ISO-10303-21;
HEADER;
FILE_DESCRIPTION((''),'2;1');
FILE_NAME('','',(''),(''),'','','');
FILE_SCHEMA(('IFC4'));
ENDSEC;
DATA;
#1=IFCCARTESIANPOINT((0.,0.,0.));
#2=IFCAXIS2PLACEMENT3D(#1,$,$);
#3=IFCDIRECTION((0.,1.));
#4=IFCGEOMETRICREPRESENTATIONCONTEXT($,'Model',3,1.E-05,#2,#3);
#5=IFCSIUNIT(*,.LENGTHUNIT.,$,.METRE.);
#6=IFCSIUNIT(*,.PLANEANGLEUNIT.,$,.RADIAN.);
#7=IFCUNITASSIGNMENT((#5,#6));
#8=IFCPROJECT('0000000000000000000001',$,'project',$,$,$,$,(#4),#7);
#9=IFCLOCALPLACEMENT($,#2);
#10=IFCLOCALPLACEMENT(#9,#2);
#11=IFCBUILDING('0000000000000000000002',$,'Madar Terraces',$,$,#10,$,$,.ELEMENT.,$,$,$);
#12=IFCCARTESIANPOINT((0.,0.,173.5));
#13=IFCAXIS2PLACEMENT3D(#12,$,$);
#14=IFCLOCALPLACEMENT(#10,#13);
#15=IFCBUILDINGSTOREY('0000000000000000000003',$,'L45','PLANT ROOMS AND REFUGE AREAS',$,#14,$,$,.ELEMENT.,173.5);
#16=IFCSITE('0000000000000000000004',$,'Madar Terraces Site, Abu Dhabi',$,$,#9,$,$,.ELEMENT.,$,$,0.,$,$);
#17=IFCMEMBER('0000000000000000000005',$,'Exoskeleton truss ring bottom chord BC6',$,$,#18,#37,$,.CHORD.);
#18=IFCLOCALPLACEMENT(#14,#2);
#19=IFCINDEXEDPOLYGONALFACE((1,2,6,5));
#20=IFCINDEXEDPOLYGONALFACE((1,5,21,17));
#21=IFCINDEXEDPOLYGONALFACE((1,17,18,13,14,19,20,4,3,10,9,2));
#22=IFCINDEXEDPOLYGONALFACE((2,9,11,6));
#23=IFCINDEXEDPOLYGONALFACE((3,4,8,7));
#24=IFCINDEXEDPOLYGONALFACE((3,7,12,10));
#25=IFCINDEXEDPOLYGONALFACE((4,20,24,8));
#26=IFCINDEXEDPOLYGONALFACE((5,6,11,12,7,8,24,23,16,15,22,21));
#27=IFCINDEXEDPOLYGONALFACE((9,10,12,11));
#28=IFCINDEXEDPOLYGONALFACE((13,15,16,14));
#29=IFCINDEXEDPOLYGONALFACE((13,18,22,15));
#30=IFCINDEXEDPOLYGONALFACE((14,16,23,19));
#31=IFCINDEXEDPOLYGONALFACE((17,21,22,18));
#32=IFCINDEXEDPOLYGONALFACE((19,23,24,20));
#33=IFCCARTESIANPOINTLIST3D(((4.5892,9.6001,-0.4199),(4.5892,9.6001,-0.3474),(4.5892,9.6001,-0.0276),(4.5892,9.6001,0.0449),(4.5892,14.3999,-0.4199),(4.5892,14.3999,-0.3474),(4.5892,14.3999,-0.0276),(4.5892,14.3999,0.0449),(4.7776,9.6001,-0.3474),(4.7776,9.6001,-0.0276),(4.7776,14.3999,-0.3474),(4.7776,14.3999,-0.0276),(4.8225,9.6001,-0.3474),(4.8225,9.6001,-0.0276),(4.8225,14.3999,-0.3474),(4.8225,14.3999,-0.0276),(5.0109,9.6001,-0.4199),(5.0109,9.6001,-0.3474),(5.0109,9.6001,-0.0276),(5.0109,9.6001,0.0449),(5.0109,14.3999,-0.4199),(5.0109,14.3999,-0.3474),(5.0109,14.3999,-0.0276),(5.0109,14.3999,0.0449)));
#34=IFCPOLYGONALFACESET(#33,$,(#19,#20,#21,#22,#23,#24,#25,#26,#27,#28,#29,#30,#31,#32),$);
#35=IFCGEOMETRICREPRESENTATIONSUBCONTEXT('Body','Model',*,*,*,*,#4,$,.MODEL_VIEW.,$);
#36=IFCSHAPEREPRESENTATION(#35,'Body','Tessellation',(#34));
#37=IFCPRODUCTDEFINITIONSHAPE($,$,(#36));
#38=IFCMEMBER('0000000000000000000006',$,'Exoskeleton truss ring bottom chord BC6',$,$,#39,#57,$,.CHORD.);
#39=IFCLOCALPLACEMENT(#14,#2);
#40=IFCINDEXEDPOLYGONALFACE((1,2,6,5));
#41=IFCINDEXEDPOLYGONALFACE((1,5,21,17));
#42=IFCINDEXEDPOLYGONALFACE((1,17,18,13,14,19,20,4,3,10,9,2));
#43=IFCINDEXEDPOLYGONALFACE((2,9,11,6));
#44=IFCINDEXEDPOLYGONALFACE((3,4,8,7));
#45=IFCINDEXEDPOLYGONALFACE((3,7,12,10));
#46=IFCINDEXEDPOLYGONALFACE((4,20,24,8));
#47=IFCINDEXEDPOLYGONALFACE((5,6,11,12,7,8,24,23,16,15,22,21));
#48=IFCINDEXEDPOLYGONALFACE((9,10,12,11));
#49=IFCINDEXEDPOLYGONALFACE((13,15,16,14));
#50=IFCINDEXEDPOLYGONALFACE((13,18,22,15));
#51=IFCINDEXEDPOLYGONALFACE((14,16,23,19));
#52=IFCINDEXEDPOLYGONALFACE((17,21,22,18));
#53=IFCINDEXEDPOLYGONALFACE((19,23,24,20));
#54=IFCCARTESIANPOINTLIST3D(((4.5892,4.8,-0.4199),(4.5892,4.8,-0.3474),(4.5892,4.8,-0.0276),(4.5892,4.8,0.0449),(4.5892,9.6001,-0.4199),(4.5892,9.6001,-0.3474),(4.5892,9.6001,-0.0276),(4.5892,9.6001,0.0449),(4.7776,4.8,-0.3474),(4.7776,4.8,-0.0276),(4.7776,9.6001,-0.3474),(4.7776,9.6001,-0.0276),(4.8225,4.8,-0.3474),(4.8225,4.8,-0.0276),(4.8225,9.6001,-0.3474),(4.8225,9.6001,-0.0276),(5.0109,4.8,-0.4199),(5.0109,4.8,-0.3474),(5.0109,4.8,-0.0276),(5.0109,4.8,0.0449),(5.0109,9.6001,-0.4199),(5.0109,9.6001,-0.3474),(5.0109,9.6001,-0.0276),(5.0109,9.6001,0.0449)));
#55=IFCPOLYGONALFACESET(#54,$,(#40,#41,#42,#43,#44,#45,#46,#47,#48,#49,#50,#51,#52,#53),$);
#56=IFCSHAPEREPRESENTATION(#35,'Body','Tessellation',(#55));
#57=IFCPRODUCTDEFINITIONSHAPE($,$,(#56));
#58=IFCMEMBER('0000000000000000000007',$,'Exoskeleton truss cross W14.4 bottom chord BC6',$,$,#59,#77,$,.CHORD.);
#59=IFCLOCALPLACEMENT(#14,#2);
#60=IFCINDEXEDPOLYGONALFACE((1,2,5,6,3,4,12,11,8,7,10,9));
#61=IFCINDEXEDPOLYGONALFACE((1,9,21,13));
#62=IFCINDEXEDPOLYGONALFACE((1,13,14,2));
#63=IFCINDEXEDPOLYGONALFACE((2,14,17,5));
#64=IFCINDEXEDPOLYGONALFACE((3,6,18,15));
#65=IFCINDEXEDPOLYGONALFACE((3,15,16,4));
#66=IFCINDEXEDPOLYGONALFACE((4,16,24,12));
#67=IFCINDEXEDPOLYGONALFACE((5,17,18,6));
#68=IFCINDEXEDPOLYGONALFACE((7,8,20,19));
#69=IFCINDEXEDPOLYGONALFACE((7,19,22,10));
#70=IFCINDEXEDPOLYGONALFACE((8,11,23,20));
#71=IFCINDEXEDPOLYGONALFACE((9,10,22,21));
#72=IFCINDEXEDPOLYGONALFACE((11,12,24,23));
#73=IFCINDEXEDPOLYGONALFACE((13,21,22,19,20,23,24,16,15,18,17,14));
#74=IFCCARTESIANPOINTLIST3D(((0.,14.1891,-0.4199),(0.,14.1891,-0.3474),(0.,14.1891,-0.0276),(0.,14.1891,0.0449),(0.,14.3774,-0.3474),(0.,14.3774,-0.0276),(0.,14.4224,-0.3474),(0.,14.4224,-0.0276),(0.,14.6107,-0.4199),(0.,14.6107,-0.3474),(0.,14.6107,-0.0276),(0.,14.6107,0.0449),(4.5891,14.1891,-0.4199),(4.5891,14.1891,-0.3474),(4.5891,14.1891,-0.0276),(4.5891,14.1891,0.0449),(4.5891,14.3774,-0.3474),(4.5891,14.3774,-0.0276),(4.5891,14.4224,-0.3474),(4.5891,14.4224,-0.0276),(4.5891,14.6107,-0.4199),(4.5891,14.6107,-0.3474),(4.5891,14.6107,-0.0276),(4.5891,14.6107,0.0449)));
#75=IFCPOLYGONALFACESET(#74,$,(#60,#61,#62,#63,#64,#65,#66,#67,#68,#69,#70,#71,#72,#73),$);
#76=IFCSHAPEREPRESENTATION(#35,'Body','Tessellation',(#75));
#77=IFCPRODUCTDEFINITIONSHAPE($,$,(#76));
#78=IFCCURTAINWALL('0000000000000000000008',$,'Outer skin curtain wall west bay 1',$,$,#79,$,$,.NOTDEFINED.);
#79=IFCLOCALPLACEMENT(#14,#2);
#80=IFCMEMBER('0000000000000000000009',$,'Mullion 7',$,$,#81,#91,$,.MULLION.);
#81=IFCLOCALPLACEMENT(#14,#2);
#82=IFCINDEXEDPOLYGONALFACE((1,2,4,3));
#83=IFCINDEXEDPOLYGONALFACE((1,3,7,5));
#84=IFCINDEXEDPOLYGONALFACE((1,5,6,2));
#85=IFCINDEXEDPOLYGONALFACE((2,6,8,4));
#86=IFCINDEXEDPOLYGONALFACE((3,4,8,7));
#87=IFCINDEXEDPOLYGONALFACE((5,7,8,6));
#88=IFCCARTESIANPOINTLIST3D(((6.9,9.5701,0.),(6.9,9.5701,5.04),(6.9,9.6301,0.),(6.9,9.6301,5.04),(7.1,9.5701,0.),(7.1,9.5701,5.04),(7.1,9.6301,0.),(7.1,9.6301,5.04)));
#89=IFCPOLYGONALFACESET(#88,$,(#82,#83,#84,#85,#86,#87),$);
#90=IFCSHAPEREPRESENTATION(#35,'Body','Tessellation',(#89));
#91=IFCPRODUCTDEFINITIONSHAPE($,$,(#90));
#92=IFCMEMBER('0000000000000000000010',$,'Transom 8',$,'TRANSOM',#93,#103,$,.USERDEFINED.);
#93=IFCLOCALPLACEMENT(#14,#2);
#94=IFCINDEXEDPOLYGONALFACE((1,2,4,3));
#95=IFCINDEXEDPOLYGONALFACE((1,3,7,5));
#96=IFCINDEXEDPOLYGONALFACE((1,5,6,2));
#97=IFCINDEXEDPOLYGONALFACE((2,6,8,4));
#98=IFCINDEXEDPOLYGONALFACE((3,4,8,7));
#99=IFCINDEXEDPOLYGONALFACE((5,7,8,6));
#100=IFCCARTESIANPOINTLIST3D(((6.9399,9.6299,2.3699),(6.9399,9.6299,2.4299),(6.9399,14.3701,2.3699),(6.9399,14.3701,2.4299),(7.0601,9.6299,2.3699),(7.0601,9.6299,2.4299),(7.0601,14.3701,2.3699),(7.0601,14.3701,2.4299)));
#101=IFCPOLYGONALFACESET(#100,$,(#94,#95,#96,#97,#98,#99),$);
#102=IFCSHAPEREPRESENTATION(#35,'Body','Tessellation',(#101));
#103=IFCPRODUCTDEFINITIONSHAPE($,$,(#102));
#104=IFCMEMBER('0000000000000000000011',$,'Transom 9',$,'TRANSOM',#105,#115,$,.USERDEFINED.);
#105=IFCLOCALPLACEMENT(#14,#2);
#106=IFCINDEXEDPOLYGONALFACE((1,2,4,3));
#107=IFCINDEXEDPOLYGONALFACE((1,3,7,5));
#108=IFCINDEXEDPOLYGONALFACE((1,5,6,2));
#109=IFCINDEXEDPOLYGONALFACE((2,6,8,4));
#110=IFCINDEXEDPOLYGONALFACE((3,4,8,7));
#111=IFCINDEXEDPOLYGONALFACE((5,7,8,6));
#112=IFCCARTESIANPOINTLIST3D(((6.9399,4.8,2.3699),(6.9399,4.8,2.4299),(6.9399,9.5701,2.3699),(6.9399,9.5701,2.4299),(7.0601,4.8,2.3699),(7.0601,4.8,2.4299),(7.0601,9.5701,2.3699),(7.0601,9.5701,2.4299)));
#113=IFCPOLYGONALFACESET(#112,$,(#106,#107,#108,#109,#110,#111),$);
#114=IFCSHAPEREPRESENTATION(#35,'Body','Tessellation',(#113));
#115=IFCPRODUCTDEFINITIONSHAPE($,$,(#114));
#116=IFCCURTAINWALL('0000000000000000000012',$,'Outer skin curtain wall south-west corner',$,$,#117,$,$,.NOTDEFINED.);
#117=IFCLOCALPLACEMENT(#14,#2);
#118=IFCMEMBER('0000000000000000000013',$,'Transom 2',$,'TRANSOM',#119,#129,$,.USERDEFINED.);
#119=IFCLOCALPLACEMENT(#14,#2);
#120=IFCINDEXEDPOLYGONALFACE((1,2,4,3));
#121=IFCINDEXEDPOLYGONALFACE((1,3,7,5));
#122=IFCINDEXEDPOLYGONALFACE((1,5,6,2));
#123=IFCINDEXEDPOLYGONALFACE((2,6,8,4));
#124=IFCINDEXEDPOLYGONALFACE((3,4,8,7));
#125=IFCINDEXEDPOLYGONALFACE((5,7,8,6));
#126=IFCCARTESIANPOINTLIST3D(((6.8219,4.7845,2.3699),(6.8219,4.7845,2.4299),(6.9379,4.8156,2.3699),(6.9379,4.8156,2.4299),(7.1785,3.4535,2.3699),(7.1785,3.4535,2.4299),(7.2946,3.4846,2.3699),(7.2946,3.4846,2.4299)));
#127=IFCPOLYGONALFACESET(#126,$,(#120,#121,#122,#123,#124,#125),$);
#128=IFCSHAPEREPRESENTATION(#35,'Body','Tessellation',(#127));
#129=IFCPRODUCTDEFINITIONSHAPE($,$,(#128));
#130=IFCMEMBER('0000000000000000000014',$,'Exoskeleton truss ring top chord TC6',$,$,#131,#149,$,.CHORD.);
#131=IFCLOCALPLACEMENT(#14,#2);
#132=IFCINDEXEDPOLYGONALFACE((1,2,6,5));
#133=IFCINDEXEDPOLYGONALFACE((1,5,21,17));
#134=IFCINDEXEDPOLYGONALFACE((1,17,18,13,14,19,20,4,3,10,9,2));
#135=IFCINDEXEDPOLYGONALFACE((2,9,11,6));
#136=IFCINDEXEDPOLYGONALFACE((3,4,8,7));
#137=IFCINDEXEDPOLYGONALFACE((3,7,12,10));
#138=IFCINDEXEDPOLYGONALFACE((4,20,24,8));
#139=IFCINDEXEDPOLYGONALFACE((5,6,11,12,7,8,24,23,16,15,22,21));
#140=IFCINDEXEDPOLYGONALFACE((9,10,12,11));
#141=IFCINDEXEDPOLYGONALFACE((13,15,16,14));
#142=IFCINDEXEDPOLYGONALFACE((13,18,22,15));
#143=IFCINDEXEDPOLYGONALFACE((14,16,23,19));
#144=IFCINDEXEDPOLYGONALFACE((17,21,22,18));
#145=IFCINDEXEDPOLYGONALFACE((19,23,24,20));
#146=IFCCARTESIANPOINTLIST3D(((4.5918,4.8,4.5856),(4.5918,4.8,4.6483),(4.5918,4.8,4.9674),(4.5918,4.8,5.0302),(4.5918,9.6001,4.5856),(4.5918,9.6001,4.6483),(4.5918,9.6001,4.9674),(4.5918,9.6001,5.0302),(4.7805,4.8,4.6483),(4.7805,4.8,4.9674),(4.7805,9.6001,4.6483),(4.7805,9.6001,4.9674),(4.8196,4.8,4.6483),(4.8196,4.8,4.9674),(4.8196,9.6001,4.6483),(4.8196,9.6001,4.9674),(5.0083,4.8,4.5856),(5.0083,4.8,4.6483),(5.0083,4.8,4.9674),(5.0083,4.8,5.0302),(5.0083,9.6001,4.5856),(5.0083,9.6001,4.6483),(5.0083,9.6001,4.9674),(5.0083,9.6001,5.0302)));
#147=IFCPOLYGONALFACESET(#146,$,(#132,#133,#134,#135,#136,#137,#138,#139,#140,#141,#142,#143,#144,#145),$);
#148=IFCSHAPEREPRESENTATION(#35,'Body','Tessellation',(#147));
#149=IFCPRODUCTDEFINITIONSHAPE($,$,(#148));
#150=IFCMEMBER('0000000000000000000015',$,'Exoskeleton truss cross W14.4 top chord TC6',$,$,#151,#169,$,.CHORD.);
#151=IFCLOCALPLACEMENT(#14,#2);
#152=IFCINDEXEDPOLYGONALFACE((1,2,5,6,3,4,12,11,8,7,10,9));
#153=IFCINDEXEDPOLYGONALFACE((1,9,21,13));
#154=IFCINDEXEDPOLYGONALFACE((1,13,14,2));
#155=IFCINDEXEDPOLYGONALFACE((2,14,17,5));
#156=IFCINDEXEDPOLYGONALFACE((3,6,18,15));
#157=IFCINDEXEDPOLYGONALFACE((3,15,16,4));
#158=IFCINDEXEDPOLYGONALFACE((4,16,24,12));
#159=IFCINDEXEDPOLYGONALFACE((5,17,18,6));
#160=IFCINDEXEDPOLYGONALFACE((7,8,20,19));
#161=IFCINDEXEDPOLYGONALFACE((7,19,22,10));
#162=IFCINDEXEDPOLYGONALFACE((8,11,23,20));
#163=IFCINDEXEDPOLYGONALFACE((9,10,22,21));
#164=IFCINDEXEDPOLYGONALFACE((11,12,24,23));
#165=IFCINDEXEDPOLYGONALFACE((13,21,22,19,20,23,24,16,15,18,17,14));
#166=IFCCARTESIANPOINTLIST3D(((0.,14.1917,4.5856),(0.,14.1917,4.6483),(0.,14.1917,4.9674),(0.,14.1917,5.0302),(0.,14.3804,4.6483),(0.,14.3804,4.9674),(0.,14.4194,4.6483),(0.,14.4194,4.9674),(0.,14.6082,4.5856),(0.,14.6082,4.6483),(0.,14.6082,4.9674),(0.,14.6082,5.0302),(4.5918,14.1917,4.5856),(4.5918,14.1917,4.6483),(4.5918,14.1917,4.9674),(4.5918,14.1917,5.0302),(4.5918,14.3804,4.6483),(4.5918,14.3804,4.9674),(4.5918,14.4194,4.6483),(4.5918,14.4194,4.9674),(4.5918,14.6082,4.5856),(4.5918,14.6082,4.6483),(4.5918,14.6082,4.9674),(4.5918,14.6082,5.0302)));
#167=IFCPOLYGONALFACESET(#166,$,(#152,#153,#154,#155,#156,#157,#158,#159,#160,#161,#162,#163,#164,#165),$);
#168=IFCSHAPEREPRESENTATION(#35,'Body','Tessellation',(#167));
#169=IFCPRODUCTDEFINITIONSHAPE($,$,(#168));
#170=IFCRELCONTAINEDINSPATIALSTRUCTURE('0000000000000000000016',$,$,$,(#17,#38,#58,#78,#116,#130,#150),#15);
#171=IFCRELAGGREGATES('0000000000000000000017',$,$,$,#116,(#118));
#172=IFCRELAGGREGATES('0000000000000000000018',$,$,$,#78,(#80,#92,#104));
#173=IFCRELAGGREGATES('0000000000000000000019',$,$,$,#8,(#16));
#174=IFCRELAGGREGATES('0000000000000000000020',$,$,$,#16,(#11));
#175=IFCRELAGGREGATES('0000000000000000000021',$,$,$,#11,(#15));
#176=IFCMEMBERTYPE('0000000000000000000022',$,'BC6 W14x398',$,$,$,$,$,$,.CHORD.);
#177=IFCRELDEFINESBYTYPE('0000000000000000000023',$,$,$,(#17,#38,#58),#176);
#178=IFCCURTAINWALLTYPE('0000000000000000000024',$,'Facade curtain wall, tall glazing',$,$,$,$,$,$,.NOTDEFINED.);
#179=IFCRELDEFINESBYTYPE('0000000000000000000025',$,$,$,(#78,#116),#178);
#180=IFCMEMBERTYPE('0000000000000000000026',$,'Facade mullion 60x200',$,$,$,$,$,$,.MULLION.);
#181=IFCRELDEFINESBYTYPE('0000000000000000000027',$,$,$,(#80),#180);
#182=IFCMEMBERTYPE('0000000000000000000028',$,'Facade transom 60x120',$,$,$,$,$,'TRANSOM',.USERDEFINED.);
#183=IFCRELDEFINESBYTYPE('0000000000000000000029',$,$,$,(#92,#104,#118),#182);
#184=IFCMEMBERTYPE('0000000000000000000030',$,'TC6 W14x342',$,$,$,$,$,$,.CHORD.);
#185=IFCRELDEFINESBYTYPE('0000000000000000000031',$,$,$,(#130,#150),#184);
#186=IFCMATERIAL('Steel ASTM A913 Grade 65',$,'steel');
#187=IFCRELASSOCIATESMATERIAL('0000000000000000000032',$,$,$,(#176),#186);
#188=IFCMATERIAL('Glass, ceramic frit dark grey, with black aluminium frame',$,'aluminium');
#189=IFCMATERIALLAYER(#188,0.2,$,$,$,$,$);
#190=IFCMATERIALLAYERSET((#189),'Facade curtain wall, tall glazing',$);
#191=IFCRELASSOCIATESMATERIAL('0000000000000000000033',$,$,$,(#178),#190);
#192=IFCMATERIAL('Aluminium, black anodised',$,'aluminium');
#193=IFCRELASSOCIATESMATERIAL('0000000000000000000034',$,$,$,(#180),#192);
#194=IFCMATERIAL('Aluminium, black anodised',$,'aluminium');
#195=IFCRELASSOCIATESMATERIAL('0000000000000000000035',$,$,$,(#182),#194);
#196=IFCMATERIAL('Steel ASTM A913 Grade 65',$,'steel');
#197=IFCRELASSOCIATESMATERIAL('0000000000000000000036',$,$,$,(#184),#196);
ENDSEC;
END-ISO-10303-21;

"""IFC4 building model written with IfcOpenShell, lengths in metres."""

from ifc_helpers import new_model, si_unit, direction, frame, origin, origin_2d, place, context, subcontext, project, spatial, rectangle, i_section, extrude, material, layer, layer_set, material_profile, profile_set, type_object, element, aggregate, save


model = new_model("IFC4")

# Units and contexts
model_context = context("Model", 3, precision=1e-05, world=origin(), true_north=direction((0.0, 1.0)))
body_context = subcontext(model_context, "Body", "Model", "MODEL_VIEW")
ifc_project = project(units=[si_unit("LENGTHUNIT", "METRE"), si_unit("PLANEANGLEUNIT", "RADIAN")], contexts=[model_context])

# Site, building, storey
site_placement = place(None, origin())
site = spatial("IfcSite", under=ifc_project, at=site_placement, Name="Madar Terraces Site, Abu Dhabi", CompositionType="ELEMENT", RefElevation=0.0)
building_placement = place(site_placement, origin())
building = spatial("IfcBuilding", under=site, at=building_placement, Name="Madar Terraces", CompositionType="ELEMENT")
storey_placement = place(building_placement, frame((0.0, 0.0, 173.5)))
storey = spatial("IfcBuildingStorey", under=building, at=storey_placement, Name="L45", Description="PLANT ROOMS AND REFUGE AREAS", CompositionType="ELEMENT", Elevation=173.5)

# Members
ifc_material_1 = material(Name="Steel ASTM A913 Grade 65", Category="steel")
ifc_material_profile_1 = material_profile(ifc_material_1, i_section(OverallWidth=0.4216, OverallDepth=0.4648, WebThickness=0.0449, FlangeThickness=0.0725, at=origin_2d()), Name="W14x398")
ifc_profile_set_1 = profile_set([ifc_material_profile_1], Name="Steel ASTM A913 Grade 65")
member_type_1 = type_object("IfcMemberType", Name="BC6 W14x398", PredefinedType="CHORD", material=ifc_profile_set_1)
member_1_placement = place(storey_placement, frame((4.8, 14.3999, -0.1875), z_axis=(0.0, -1.0, 0.0), x_axis=(1.0, 0.0, 0.0)))
element("IfcMember", 1, at=member_1_placement, inside=storey, type_object=member_type_1, Name="Exoskeleton truss ring bottom chord BC6", PredefinedType="CHORD", context=body_context, shape_type="SweptSolid", body=[
    extrude(i_section(OverallWidth=0.4216, OverallDepth=0.4648, WebThickness=0.0449, FlangeThickness=0.0725, at=origin_2d()), origin(), (0.0, 0.0, 1.0), 4.7998),
])
member_2_placement = place(storey_placement, frame((4.8, 9.6001, -0.1875), z_axis=(0.0, -1.0, 0.0), x_axis=(1.0, 0.0, 0.0)))
element("IfcMember", 2, at=member_2_placement, inside=storey, type_object=member_type_1, Name="Exoskeleton truss ring bottom chord BC6", PredefinedType="CHORD", context=body_context, shape_type="SweptSolid", body=[
    extrude(i_section(OverallWidth=0.4216, OverallDepth=0.4648, WebThickness=0.0449, FlangeThickness=0.0725, at=origin_2d()), origin(), (0.0, 0.0, 1.0), 4.8),
])
member_3_placement = place(storey_placement, frame((0.0, 14.3999, -0.1875), z_axis=(1.0, 0.0, 0.0), x_axis=(0.0, 1.0, 0.0)))
element("IfcMember", 3, at=member_3_placement, inside=storey, type_object=member_type_1, Name="Exoskeleton truss cross W14.4 bottom chord BC6", PredefinedType="CHORD", context=body_context, shape_type="SweptSolid", body=[
    extrude(i_section(OverallWidth=0.4216, OverallDepth=0.4648, WebThickness=0.0449, FlangeThickness=0.0725, at=origin_2d()), origin(), (0.0, 0.0, 1.0), 4.5891),
])

# Curtain wall, members
ifc_material_2 = material(Name="Glass, ceramic frit dark grey, with black aluminium frame", Category="aluminium")
ifc_layer_1 = layer(ifc_material_2, 0.2)
ifc_layer_set_1 = layer_set([ifc_layer_1], Name="Facade curtain wall, tall glazing")
curtain_wall_type = type_object("IfcCurtainWallType", Name="Facade curtain wall, tall glazing", PredefinedType="NOTDEFINED", material=ifc_layer_set_1)
curtain_wall_1_placement = place(storey_placement, origin())
curtain_wall_1 = element("IfcCurtainWall", 4, at=curtain_wall_1_placement, inside=storey, type_object=curtain_wall_type, Name="Outer skin curtain wall west bay 1", PredefinedType="NOTDEFINED")
ifc_material_3 = material(Name="Aluminium, black anodised", Category="aluminium")
ifc_material_profile_2 = material_profile(ifc_material_3, rectangle(XDim=0.2, YDim=0.0601, at=origin_2d()), Name="Facade mullion 60x200")
ifc_profile_set_2 = profile_set([ifc_material_profile_2], Name="Aluminium, black anodised")
member_type_2 = type_object("IfcMemberType", Name="Facade mullion 60x200", PredefinedType="MULLION", material=ifc_profile_set_2)
member_4_placement = place(storey_placement, frame((7.0, 9.6001, 0.0), z_axis=(0.0, 0.0, 1.0), x_axis=(1.0, 0.0, 0.0)))
member_4 = element("IfcMember", 5, at=member_4_placement, type_object=member_type_2, Name="Mullion 7", PredefinedType="MULLION", context=body_context, shape_type="SweptSolid", body=[
    extrude(rectangle(XDim=0.2, YDim=0.0601, at=origin_2d()), origin(), (0.0, 0.0, 1.0), 5.04),
])
ifc_material_4 = material(Name="Aluminium, black anodised", Category="aluminium")
ifc_material_profile_3 = material_profile(ifc_material_4, rectangle(XDim=0.1201, YDim=0.0601, at=origin_2d()), Name="Facade transom 60x120")
ifc_profile_set_3 = profile_set([ifc_material_profile_3], Name="Aluminium, black anodised")
member_type_3 = type_object("IfcMemberType", Name="Facade transom 60x120", ElementType="TRANSOM", PredefinedType="USERDEFINED", material=ifc_profile_set_3)
member_5_placement = place(storey_placement, frame((7.0, 14.3701, 2.3999), z_axis=(0.0, -1.0, 0.0), x_axis=(1.0, 0.0, 0.0)))
member_5 = element("IfcMember", 6, at=member_5_placement, type_object=member_type_3, Name="Transom 8", ObjectType="TRANSOM", PredefinedType="USERDEFINED", context=body_context, shape_type="SweptSolid", body=[
    extrude(rectangle(XDim=0.1201, YDim=0.0601, at=origin_2d()), origin(), (0.0, 0.0, 1.0), 4.7402),
])
member_6_placement = place(storey_placement, frame((7.0, 9.5701, 2.3999), z_axis=(0.0, -1.0, 0.0), x_axis=(1.0, 0.0, 0.0)))
member_6 = element("IfcMember", 7, at=member_6_placement, type_object=member_type_3, Name="Transom 9", ObjectType="TRANSOM", PredefinedType="USERDEFINED", context=body_context, shape_type="SweptSolid", body=[
    extrude(rectangle(XDim=0.1201, YDim=0.0601, at=origin_2d()), origin(), (0.0, 0.0, 1.0), 4.77),
])

# Curtain wall, member
curtain_wall_2_placement = place(storey_placement, origin())
curtain_wall_2 = element("IfcCurtainWall", 8, at=curtain_wall_2_placement, inside=storey, type_object=curtain_wall_type, Name="Outer skin curtain wall south-west corner", PredefinedType="NOTDEFINED")
member_7_placement = place(storey_placement, frame((6.8799, 4.8, 2.3999), z_axis=(0.258842, -0.96592, 0.0), x_axis=(0.96592, 0.258842, 0.0)))
member_7 = element("IfcMember", 9, at=member_7_placement, type_object=member_type_3, Name="Transom 2", ObjectType="TRANSOM", PredefinedType="USERDEFINED", context=body_context, shape_type="SweptSolid", body=[
    extrude(rectangle(XDim=0.1201, YDim=0.0601, at=origin_2d()), origin(), (0.0, 0.0, 1.0), 1.3779),
])
aggregate(curtain_wall_2, [member_7])

# Members
ifc_material_5 = material(Name="Steel ASTM A913 Grade 65", Category="steel")
ifc_material_profile_4 = material_profile(ifc_material_5, i_section(OverallWidth=0.4165, OverallDepth=0.4446, WebThickness=0.0391, FlangeThickness=0.0627, at=origin_2d()), Name="W14x342")
ifc_profile_set_4 = profile_set([ifc_material_profile_4], Name="Steel ASTM A913 Grade 65")
member_type_4 = type_object("IfcMemberType", Name="TC6 W14x342", PredefinedType="CHORD", material=ifc_profile_set_4)
member_8_placement = place(storey_placement, frame((4.8, 9.6001, 4.8079), z_axis=(0.0, -1.0, 0.0), x_axis=(1.0, 0.0, 0.0)))
element("IfcMember", 10, at=member_8_placement, inside=storey, type_object=member_type_4, Name="Exoskeleton truss ring top chord TC6", PredefinedType="CHORD", context=body_context, shape_type="SweptSolid", body=[
    extrude(i_section(OverallWidth=0.4165, OverallDepth=0.4446, WebThickness=0.0391, FlangeThickness=0.0627, at=origin_2d()), origin(), (0.0, 0.0, 1.0), 4.8),
])
member_9_placement = place(storey_placement, frame((0.0, 14.3999, 4.8079), z_axis=(1.0, 0.0, 0.0), x_axis=(0.0, 1.0, 0.0)))
element("IfcMember", 11, at=member_9_placement, inside=storey, type_object=member_type_4, Name="Exoskeleton truss cross W14.4 top chord TC6", PredefinedType="CHORD", context=body_context, shape_type="SweptSolid", body=[
    extrude(i_section(OverallWidth=0.4165, OverallDepth=0.4446, WebThickness=0.0391, FlangeThickness=0.0627, at=origin_2d()), origin(), (0.0, 0.0, 1.0), 4.5918),
])

aggregate(curtain_wall_1, [member_4, member_5, member_6])

save(model, "model.ifc")
